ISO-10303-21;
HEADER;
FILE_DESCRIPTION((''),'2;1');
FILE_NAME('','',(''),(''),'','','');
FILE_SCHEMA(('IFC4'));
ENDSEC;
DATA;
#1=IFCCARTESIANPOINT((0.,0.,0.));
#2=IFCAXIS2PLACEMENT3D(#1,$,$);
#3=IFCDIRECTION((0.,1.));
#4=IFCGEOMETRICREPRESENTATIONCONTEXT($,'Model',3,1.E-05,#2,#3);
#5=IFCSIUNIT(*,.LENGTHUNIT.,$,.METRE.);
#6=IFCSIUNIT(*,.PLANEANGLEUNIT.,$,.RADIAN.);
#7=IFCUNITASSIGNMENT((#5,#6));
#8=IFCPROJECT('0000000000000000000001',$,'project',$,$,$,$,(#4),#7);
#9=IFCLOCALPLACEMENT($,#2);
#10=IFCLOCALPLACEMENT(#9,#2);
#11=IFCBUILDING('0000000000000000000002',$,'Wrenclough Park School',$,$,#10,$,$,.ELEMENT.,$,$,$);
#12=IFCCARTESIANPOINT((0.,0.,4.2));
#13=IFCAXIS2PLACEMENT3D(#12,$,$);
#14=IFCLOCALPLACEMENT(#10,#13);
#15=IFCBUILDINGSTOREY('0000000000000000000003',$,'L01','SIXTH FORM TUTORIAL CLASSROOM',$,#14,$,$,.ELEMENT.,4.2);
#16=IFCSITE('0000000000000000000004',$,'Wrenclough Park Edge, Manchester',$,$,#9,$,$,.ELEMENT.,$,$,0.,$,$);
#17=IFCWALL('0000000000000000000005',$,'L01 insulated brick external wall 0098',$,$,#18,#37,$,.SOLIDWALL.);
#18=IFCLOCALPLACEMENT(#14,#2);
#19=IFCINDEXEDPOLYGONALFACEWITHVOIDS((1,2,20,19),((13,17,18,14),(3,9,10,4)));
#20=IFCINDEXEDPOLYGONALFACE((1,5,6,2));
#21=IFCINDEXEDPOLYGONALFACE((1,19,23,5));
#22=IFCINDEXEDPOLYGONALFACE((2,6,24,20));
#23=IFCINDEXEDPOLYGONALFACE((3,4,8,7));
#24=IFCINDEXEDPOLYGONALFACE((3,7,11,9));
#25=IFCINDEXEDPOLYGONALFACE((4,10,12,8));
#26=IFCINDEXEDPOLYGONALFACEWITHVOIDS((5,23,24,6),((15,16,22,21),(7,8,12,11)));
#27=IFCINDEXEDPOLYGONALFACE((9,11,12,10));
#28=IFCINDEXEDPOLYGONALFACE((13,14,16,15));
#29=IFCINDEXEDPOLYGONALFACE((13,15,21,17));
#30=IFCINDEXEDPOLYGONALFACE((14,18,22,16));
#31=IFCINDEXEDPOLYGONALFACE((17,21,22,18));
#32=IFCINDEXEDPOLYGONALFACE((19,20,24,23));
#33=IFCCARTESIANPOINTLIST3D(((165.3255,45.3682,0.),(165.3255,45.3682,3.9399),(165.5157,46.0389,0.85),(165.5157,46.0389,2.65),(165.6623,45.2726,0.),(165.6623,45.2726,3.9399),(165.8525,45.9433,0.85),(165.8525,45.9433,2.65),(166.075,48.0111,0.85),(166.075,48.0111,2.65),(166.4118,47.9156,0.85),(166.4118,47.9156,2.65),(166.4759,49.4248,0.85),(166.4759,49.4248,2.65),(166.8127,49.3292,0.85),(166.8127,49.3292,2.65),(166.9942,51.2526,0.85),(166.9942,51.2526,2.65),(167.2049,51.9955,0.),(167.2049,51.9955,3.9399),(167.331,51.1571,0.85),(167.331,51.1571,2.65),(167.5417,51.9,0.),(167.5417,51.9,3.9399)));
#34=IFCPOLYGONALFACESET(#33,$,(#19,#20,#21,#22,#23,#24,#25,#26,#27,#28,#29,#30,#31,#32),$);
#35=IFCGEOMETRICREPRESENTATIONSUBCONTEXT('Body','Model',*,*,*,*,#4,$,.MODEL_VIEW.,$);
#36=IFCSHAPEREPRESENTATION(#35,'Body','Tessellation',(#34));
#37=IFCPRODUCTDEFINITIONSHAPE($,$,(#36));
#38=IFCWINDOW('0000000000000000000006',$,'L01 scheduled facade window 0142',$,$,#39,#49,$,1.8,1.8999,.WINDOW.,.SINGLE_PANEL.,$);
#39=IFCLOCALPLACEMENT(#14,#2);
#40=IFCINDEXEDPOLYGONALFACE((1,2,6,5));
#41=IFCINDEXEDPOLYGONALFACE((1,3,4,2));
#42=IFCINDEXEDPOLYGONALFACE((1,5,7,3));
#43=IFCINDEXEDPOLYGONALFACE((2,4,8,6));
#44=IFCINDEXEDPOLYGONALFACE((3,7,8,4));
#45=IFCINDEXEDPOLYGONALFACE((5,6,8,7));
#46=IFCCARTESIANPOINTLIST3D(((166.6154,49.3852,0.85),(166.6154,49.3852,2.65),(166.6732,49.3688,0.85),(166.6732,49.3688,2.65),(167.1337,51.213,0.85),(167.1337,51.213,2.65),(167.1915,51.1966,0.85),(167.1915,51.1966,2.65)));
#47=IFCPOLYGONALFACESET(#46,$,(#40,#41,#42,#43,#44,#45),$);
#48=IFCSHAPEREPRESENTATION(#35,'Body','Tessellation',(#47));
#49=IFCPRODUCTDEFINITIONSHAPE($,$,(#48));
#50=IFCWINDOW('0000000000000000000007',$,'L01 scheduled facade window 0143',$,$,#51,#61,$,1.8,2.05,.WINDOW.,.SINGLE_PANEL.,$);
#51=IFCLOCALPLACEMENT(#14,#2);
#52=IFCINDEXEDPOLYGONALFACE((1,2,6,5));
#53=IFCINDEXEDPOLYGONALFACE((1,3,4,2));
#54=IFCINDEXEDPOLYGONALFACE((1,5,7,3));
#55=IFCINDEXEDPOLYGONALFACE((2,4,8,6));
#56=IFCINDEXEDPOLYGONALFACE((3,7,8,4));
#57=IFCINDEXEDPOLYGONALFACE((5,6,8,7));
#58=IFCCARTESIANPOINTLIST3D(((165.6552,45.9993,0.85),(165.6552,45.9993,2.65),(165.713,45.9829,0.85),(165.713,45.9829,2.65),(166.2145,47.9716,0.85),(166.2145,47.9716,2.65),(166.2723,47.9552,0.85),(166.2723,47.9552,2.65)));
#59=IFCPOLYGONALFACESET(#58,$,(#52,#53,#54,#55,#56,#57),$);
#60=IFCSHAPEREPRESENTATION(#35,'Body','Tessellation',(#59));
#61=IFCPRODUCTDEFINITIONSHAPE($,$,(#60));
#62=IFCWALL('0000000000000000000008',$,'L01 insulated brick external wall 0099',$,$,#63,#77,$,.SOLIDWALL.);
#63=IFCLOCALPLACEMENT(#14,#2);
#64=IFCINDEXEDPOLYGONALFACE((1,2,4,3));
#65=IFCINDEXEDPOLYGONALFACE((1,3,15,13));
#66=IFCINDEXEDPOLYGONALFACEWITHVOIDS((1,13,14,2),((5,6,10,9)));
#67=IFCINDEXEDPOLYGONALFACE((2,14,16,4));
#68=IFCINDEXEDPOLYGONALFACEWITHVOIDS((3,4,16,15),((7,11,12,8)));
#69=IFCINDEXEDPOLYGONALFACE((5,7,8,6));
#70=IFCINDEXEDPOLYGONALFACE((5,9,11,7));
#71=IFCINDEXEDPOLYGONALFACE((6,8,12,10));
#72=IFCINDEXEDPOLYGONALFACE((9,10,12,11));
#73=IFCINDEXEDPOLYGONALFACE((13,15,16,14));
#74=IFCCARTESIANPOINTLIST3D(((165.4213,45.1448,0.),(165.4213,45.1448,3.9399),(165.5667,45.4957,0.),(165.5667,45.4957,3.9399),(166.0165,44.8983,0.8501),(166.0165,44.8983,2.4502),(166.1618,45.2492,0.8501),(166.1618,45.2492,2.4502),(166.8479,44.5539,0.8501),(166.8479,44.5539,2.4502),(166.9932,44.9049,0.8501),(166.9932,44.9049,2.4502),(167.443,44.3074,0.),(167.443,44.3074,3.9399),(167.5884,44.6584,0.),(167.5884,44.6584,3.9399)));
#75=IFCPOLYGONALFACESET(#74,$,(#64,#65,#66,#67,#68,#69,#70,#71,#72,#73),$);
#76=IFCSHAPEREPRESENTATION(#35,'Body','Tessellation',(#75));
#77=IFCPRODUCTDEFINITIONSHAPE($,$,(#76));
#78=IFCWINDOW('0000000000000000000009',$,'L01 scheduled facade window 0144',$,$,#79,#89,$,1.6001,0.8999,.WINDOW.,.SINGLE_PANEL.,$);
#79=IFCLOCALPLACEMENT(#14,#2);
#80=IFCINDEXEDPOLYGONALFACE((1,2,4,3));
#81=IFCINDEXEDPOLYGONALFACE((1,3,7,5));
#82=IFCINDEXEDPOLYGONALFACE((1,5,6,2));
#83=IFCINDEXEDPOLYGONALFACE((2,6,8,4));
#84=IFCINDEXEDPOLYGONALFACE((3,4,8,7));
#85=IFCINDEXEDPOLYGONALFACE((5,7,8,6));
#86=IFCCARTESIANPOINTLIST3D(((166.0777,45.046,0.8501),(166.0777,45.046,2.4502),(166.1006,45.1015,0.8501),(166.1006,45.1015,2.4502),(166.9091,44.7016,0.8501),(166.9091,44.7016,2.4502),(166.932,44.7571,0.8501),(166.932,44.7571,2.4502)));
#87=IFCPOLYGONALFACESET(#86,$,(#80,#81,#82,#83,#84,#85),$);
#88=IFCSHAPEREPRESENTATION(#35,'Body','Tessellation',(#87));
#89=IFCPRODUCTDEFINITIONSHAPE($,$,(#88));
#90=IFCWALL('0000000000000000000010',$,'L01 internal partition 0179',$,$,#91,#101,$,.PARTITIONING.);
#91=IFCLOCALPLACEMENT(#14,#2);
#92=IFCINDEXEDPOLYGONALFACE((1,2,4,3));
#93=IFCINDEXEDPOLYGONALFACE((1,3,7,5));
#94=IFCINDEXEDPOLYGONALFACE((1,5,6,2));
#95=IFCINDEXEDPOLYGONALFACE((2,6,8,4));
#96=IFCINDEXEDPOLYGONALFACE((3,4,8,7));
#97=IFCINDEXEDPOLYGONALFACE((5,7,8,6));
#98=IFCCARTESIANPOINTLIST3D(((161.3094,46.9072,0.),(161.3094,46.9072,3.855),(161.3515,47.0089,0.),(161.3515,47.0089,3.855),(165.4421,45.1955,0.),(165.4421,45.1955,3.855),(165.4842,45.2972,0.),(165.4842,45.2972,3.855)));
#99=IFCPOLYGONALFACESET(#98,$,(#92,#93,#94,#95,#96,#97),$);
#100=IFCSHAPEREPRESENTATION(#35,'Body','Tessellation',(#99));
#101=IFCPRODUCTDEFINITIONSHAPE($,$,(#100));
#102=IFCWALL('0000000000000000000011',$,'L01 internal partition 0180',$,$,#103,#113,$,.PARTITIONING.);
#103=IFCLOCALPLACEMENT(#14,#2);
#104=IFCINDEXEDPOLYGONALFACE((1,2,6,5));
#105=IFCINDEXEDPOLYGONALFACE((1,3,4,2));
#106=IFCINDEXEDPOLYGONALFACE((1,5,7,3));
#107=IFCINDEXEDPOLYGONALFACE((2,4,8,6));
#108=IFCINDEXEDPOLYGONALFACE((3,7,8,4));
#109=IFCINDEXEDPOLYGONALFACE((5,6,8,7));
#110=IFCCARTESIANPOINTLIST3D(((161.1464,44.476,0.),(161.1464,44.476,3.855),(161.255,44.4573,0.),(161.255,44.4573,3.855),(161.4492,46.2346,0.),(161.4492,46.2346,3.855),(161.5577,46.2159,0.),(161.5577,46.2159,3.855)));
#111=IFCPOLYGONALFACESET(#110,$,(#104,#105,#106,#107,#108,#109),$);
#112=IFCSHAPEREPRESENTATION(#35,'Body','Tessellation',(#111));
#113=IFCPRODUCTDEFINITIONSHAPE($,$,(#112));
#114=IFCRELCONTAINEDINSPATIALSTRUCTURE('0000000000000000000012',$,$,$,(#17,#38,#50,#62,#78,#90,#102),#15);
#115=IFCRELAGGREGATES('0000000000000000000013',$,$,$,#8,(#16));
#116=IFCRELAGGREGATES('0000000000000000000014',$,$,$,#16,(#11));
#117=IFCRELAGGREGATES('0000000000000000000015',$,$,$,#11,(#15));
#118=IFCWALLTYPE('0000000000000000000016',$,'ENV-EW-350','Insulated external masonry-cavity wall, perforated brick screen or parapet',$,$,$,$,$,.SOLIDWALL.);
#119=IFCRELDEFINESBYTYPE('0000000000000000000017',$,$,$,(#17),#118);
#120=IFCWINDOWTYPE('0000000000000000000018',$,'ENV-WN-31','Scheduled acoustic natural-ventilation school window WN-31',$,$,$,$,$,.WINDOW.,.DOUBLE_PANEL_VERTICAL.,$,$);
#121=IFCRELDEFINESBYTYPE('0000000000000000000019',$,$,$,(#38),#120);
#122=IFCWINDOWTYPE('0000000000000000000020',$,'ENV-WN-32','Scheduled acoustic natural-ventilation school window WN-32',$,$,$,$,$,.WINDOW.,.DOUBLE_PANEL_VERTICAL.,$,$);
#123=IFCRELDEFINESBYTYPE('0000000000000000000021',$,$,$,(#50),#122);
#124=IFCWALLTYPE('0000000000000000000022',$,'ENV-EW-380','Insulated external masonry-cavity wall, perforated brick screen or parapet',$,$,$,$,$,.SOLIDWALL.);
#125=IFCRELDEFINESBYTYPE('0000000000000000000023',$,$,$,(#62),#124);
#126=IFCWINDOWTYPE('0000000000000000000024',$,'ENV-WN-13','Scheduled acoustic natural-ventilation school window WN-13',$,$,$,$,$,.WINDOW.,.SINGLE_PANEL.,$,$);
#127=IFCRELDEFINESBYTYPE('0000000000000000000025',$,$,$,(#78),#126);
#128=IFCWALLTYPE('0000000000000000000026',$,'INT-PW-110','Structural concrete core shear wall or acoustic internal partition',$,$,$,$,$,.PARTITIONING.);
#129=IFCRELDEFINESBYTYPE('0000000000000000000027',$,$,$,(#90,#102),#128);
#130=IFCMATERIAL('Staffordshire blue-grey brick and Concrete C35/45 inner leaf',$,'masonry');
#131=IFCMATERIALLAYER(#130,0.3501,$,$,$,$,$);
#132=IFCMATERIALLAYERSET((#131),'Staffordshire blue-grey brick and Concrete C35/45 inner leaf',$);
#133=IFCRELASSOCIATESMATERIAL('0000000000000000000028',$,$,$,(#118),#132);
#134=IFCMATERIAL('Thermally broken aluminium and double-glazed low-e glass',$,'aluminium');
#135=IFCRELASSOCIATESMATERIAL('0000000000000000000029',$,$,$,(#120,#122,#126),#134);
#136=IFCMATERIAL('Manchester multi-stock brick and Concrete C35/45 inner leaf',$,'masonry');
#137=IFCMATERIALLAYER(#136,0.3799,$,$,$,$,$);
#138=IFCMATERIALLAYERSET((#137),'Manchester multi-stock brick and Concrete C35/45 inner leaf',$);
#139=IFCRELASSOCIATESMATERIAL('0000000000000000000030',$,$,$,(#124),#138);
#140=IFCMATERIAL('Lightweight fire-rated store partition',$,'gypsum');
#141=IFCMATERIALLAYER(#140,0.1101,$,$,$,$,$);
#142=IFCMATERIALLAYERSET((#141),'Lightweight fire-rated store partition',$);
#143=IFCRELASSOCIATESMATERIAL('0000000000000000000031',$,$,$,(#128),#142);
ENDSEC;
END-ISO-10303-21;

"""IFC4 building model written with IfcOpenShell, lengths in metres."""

from ifc_helpers import new_model, si_unit, direction, frame, frame_2d, origin, place, context, subcontext, project, spatial, rectangle, extrude, material, layer, layer_set, type_object, element, fill, save


model = new_model("IFC4")

# Units and contexts
model_context = context("Model", 3, precision=1e-05, world=origin(), true_north=direction((0.0, 1.0)))
body_context = subcontext(model_context, "Body", "Model", "MODEL_VIEW")
ifc_project = project(units=[si_unit("LENGTHUNIT", "METRE"), si_unit("PLANEANGLEUNIT", "RADIAN")], contexts=[model_context])

# Site, building, storey
site_placement = place(None, origin())
site = spatial("IfcSite", under=ifc_project, at=site_placement, Name="Wrenclough Park Edge, Manchester", CompositionType="ELEMENT", RefElevation=0.0)
building_placement = place(site_placement, origin())
building = spatial("IfcBuilding", under=site, at=building_placement, Name="Wrenclough Park School", CompositionType="ELEMENT")
storey_placement = place(building_placement, frame((0.0, 0.0, 4.2)))
storey = spatial("IfcBuildingStorey", under=building, at=storey_placement, Name="L01", Description="SIXTH FORM TUTORIAL CLASSROOM", CompositionType="ELEMENT", Elevation=4.2)

# Wall, openings, windows
ifc_material_1 = material(Name="Staffordshire blue-grey brick and Concrete C35/45 inner leaf", Category="masonry")
ifc_layer_1 = layer(ifc_material_1, 0.3501)
ifc_layer_set_1 = layer_set([ifc_layer_1], Name="Staffordshire blue-grey brick and Concrete C35/45 inner leaf")
wall_type_1 = type_object("IfcWallType", Name="ENV-EW-350", Description="Insulated external masonry-cavity wall, perforated brick screen or parapet", PredefinedType="SOLIDWALL", material=ifc_layer_set_1)
wall_1_placement = place(storey_placement, frame((167.3733, 51.9478, 0.0), z_axis=(0.0, 0.0, 1.0), x_axis=(-0.27282, -0.962065, 0.0)))
wall_1 = element("IfcWall", 1, at=wall_1_placement, inside=storey, type_object=wall_type_1, Name="L01 insulated brick external wall 0098", PredefinedType="SOLIDWALL", context=body_context, shape_type="SweptSolid", body=[
    extrude(rectangle(XDim=6.8887, YDim=0.3501, at=frame_2d((3.4443, 0.0))), origin(), (0.0, 0.0, 1.0), 3.9399),
])
opening_1_placement = place(wall_1_placement, frame((0.7722, 0.0, 0.8501)))
opening_1 = element("IfcOpeningElement", 2, at=opening_1_placement, cuts=wall_1, PredefinedType="OPENING", context=body_context, shape_type="SweptSolid", body=[
    extrude(rectangle(XDim=1.8999, YDim=1.8, at=frame_2d((0.95, 0.8999))), frame((0.0, 0.1851, 0.0), z_axis=(0.0, -1.0, 0.0), x_axis=(1.0, 0.0, 0.0)), (0.0, 0.0, 1.0), 0.3701),
])
opening_2_placement = place(wall_1_placement, frame((4.1416, 0.0, 0.8501)))
opening_2 = element("IfcOpeningElement", 3, at=opening_2_placement, cuts=wall_1, PredefinedType="OPENING", context=body_context, shape_type="SweptSolid", body=[
    extrude(rectangle(XDim=2.05, YDim=1.8, at=frame_2d((1.0249, 0.8999))), frame((0.0, 0.1851, 0.0), z_axis=(0.0, -1.0, 0.0), x_axis=(1.0, 0.0, 0.0)), (0.0, 0.0, 1.0), 0.3701),
])
ifc_material_2 = material(Name="Thermally broken aluminium and double-glazed low-e glass", Category="aluminium")
window_type_1 = type_object("IfcWindowType", Name="ENV-WN-31", Description="Scheduled acoustic natural-ventilation school window WN-31", PartitioningType="DOUBLE_PANEL_VERTICAL", PredefinedType="WINDOW", material=ifc_material_2)
window_1_placement = place(opening_1_placement, origin())
window_1 = element("IfcWindow", 4, at=window_1_placement, inside=storey, type_object=window_type_1, Name="L01 scheduled facade window 0142", OverallHeight=1.8, OverallWidth=1.8999, PartitioningType="SINGLE_PANEL", PredefinedType="WINDOW", context=body_context, shape_type="SweptSolid", body=[
    extrude(rectangle(XDim=1.8999, YDim=1.8, at=frame_2d((0.95, 0.8999))), frame((0.0, 0.03, 0.0), z_axis=(0.0, -1.0, 0.0), x_axis=(1.0, 0.0, 0.0)), (0.0, 0.0, 1.0), 0.0601),
])
fill(opening_1, window_1)
window_type_2 = type_object("IfcWindowType", Name="ENV-WN-32", Description="Scheduled acoustic natural-ventilation school window WN-32", PartitioningType="DOUBLE_PANEL_VERTICAL", PredefinedType="WINDOW", material=ifc_material_2)
window_2_placement = place(opening_2_placement, origin())
window_2 = element("IfcWindow", 5, at=window_2_placement, inside=storey, type_object=window_type_2, Name="L01 scheduled facade window 0143", OverallHeight=1.8, OverallWidth=2.05, PartitioningType="SINGLE_PANEL", PredefinedType="WINDOW", context=body_context, shape_type="SweptSolid", body=[
    extrude(rectangle(XDim=2.05, YDim=1.8, at=frame_2d((1.0249, 0.8999))), frame((0.0, 0.03, 0.0), z_axis=(0.0, -1.0, 0.0), x_axis=(1.0, 0.0, 0.0)), (0.0, 0.0, 1.0), 0.0601),
])
fill(opening_2, window_2)

# Wall, opening, window
ifc_material_3 = material(Name="Manchester multi-stock brick and Concrete C35/45 inner leaf", Category="masonry")
ifc_layer_2 = layer(ifc_material_3, 0.3799)
ifc_layer_set_2 = layer_set([ifc_layer_2], Name="Manchester multi-stock brick and Concrete C35/45 inner leaf")
wall_type_2 = type_object("IfcWallType", Name="ENV-EW-380", Description="Insulated external masonry-cavity wall, perforated brick screen or parapet", PredefinedType="SOLIDWALL", material=ifc_layer_set_2)
wall_2_placement = place(storey_placement, frame((165.4939, 45.3203, 0.0), z_axis=(0.0, 0.0, 1.0), x_axis=(0.923884, -0.382674, 0.0)))
wall_2 = element("IfcWall", 6, at=wall_2_placement, inside=storey, type_object=wall_type_2, Name="L01 insulated brick external wall 0099", PredefinedType="SOLIDWALL", context=body_context, shape_type="SweptSolid", body=[
    extrude(rectangle(XDim=2.1882, YDim=0.3799, at=frame_2d((1.0942, 0.0))), origin(), (0.0, 0.0, 1.0), 3.9399),
])
opening_3_placement = place(wall_2_placement, frame((0.6443, 0.0, 0.8501)))
opening_3 = element("IfcOpeningElement", 7, at=opening_3_placement, cuts=wall_2, PredefinedType="OPENING", context=body_context, shape_type="SweptSolid", body=[
    extrude(rectangle(XDim=0.8999, YDim=1.6001, at=frame_2d((0.45, 0.8))), frame((0.0, 0.2, 0.0), z_axis=(0.0, -1.0, 0.0), x_axis=(1.0, 0.0, 0.0)), (0.0, 0.0, 1.0), 0.3999),
])
window_type_3 = type_object("IfcWindowType", Name="ENV-WN-13", Description="Scheduled acoustic natural-ventilation school window WN-13", PartitioningType="SINGLE_PANEL", PredefinedType="WINDOW", material=ifc_material_2)
window_3_placement = place(opening_3_placement, origin())
window_3 = element("IfcWindow", 8, at=window_3_placement, inside=storey, type_object=window_type_3, Name="L01 scheduled facade window 0144", OverallHeight=1.6001, OverallWidth=0.8999, PartitioningType="SINGLE_PANEL", PredefinedType="WINDOW", context=body_context, shape_type="SweptSolid", body=[
    extrude(rectangle(XDim=0.8999, YDim=1.6001, at=frame_2d((0.45, 0.8))), frame((0.0, 0.03, 0.0), z_axis=(0.0, -1.0, 0.0), x_axis=(1.0, 0.0, 0.0)), (0.0, 0.0, 1.0), 0.0601),
])
fill(opening_3, window_3)

# Walls
ifc_material_4 = material(Name="Lightweight fire-rated store partition", Category="gypsum")
ifc_layer_3 = layer(ifc_material_4, 0.1101)
ifc_layer_set_3 = layer_set([ifc_layer_3], Name="Lightweight fire-rated store partition")
wall_type_3 = type_object("IfcWallType", Name="INT-PW-110", Description="Structural concrete core shear wall or acoustic internal partition", PredefinedType="PARTITIONING", material=ifc_layer_set_3)
wall_3_placement = place(storey_placement, frame((165.4631, 45.2463, 0.0), z_axis=(0.0, 0.0, 1.0), x_axis=(-0.923887, 0.382665, 0.0)))
element("IfcWall", 9, at=wall_3_placement, inside=storey, type_object=wall_type_3, Name="L01 internal partition 0179", PredefinedType="PARTITIONING", context=body_context, shape_type="SweptSolid", body=[
    extrude(rectangle(XDim=4.4731, YDim=0.1101, at=frame_2d((2.2366, 0.0))), origin(), (0.0, 0.0, 1.0), 3.855),
])
wall_4_placement = place(storey_placement, frame((161.5034, 46.2251, 0.0), z_axis=(0.0, 0.0, 1.0), x_axis=(-0.169655, -0.985504, 0.0)))
element("IfcWall", 10, at=wall_4_placement, inside=storey, type_object=wall_type_3, Name="L01 internal partition 0180", PredefinedType="PARTITIONING", context=body_context, shape_type="SweptSolid", body=[
    extrude(rectangle(XDim=1.7844, YDim=0.1101, at=frame_2d((0.8921, 0.0))), origin(), (0.0, 0.0, 1.0), 3.855),
])

save(model, "model.ifc")
